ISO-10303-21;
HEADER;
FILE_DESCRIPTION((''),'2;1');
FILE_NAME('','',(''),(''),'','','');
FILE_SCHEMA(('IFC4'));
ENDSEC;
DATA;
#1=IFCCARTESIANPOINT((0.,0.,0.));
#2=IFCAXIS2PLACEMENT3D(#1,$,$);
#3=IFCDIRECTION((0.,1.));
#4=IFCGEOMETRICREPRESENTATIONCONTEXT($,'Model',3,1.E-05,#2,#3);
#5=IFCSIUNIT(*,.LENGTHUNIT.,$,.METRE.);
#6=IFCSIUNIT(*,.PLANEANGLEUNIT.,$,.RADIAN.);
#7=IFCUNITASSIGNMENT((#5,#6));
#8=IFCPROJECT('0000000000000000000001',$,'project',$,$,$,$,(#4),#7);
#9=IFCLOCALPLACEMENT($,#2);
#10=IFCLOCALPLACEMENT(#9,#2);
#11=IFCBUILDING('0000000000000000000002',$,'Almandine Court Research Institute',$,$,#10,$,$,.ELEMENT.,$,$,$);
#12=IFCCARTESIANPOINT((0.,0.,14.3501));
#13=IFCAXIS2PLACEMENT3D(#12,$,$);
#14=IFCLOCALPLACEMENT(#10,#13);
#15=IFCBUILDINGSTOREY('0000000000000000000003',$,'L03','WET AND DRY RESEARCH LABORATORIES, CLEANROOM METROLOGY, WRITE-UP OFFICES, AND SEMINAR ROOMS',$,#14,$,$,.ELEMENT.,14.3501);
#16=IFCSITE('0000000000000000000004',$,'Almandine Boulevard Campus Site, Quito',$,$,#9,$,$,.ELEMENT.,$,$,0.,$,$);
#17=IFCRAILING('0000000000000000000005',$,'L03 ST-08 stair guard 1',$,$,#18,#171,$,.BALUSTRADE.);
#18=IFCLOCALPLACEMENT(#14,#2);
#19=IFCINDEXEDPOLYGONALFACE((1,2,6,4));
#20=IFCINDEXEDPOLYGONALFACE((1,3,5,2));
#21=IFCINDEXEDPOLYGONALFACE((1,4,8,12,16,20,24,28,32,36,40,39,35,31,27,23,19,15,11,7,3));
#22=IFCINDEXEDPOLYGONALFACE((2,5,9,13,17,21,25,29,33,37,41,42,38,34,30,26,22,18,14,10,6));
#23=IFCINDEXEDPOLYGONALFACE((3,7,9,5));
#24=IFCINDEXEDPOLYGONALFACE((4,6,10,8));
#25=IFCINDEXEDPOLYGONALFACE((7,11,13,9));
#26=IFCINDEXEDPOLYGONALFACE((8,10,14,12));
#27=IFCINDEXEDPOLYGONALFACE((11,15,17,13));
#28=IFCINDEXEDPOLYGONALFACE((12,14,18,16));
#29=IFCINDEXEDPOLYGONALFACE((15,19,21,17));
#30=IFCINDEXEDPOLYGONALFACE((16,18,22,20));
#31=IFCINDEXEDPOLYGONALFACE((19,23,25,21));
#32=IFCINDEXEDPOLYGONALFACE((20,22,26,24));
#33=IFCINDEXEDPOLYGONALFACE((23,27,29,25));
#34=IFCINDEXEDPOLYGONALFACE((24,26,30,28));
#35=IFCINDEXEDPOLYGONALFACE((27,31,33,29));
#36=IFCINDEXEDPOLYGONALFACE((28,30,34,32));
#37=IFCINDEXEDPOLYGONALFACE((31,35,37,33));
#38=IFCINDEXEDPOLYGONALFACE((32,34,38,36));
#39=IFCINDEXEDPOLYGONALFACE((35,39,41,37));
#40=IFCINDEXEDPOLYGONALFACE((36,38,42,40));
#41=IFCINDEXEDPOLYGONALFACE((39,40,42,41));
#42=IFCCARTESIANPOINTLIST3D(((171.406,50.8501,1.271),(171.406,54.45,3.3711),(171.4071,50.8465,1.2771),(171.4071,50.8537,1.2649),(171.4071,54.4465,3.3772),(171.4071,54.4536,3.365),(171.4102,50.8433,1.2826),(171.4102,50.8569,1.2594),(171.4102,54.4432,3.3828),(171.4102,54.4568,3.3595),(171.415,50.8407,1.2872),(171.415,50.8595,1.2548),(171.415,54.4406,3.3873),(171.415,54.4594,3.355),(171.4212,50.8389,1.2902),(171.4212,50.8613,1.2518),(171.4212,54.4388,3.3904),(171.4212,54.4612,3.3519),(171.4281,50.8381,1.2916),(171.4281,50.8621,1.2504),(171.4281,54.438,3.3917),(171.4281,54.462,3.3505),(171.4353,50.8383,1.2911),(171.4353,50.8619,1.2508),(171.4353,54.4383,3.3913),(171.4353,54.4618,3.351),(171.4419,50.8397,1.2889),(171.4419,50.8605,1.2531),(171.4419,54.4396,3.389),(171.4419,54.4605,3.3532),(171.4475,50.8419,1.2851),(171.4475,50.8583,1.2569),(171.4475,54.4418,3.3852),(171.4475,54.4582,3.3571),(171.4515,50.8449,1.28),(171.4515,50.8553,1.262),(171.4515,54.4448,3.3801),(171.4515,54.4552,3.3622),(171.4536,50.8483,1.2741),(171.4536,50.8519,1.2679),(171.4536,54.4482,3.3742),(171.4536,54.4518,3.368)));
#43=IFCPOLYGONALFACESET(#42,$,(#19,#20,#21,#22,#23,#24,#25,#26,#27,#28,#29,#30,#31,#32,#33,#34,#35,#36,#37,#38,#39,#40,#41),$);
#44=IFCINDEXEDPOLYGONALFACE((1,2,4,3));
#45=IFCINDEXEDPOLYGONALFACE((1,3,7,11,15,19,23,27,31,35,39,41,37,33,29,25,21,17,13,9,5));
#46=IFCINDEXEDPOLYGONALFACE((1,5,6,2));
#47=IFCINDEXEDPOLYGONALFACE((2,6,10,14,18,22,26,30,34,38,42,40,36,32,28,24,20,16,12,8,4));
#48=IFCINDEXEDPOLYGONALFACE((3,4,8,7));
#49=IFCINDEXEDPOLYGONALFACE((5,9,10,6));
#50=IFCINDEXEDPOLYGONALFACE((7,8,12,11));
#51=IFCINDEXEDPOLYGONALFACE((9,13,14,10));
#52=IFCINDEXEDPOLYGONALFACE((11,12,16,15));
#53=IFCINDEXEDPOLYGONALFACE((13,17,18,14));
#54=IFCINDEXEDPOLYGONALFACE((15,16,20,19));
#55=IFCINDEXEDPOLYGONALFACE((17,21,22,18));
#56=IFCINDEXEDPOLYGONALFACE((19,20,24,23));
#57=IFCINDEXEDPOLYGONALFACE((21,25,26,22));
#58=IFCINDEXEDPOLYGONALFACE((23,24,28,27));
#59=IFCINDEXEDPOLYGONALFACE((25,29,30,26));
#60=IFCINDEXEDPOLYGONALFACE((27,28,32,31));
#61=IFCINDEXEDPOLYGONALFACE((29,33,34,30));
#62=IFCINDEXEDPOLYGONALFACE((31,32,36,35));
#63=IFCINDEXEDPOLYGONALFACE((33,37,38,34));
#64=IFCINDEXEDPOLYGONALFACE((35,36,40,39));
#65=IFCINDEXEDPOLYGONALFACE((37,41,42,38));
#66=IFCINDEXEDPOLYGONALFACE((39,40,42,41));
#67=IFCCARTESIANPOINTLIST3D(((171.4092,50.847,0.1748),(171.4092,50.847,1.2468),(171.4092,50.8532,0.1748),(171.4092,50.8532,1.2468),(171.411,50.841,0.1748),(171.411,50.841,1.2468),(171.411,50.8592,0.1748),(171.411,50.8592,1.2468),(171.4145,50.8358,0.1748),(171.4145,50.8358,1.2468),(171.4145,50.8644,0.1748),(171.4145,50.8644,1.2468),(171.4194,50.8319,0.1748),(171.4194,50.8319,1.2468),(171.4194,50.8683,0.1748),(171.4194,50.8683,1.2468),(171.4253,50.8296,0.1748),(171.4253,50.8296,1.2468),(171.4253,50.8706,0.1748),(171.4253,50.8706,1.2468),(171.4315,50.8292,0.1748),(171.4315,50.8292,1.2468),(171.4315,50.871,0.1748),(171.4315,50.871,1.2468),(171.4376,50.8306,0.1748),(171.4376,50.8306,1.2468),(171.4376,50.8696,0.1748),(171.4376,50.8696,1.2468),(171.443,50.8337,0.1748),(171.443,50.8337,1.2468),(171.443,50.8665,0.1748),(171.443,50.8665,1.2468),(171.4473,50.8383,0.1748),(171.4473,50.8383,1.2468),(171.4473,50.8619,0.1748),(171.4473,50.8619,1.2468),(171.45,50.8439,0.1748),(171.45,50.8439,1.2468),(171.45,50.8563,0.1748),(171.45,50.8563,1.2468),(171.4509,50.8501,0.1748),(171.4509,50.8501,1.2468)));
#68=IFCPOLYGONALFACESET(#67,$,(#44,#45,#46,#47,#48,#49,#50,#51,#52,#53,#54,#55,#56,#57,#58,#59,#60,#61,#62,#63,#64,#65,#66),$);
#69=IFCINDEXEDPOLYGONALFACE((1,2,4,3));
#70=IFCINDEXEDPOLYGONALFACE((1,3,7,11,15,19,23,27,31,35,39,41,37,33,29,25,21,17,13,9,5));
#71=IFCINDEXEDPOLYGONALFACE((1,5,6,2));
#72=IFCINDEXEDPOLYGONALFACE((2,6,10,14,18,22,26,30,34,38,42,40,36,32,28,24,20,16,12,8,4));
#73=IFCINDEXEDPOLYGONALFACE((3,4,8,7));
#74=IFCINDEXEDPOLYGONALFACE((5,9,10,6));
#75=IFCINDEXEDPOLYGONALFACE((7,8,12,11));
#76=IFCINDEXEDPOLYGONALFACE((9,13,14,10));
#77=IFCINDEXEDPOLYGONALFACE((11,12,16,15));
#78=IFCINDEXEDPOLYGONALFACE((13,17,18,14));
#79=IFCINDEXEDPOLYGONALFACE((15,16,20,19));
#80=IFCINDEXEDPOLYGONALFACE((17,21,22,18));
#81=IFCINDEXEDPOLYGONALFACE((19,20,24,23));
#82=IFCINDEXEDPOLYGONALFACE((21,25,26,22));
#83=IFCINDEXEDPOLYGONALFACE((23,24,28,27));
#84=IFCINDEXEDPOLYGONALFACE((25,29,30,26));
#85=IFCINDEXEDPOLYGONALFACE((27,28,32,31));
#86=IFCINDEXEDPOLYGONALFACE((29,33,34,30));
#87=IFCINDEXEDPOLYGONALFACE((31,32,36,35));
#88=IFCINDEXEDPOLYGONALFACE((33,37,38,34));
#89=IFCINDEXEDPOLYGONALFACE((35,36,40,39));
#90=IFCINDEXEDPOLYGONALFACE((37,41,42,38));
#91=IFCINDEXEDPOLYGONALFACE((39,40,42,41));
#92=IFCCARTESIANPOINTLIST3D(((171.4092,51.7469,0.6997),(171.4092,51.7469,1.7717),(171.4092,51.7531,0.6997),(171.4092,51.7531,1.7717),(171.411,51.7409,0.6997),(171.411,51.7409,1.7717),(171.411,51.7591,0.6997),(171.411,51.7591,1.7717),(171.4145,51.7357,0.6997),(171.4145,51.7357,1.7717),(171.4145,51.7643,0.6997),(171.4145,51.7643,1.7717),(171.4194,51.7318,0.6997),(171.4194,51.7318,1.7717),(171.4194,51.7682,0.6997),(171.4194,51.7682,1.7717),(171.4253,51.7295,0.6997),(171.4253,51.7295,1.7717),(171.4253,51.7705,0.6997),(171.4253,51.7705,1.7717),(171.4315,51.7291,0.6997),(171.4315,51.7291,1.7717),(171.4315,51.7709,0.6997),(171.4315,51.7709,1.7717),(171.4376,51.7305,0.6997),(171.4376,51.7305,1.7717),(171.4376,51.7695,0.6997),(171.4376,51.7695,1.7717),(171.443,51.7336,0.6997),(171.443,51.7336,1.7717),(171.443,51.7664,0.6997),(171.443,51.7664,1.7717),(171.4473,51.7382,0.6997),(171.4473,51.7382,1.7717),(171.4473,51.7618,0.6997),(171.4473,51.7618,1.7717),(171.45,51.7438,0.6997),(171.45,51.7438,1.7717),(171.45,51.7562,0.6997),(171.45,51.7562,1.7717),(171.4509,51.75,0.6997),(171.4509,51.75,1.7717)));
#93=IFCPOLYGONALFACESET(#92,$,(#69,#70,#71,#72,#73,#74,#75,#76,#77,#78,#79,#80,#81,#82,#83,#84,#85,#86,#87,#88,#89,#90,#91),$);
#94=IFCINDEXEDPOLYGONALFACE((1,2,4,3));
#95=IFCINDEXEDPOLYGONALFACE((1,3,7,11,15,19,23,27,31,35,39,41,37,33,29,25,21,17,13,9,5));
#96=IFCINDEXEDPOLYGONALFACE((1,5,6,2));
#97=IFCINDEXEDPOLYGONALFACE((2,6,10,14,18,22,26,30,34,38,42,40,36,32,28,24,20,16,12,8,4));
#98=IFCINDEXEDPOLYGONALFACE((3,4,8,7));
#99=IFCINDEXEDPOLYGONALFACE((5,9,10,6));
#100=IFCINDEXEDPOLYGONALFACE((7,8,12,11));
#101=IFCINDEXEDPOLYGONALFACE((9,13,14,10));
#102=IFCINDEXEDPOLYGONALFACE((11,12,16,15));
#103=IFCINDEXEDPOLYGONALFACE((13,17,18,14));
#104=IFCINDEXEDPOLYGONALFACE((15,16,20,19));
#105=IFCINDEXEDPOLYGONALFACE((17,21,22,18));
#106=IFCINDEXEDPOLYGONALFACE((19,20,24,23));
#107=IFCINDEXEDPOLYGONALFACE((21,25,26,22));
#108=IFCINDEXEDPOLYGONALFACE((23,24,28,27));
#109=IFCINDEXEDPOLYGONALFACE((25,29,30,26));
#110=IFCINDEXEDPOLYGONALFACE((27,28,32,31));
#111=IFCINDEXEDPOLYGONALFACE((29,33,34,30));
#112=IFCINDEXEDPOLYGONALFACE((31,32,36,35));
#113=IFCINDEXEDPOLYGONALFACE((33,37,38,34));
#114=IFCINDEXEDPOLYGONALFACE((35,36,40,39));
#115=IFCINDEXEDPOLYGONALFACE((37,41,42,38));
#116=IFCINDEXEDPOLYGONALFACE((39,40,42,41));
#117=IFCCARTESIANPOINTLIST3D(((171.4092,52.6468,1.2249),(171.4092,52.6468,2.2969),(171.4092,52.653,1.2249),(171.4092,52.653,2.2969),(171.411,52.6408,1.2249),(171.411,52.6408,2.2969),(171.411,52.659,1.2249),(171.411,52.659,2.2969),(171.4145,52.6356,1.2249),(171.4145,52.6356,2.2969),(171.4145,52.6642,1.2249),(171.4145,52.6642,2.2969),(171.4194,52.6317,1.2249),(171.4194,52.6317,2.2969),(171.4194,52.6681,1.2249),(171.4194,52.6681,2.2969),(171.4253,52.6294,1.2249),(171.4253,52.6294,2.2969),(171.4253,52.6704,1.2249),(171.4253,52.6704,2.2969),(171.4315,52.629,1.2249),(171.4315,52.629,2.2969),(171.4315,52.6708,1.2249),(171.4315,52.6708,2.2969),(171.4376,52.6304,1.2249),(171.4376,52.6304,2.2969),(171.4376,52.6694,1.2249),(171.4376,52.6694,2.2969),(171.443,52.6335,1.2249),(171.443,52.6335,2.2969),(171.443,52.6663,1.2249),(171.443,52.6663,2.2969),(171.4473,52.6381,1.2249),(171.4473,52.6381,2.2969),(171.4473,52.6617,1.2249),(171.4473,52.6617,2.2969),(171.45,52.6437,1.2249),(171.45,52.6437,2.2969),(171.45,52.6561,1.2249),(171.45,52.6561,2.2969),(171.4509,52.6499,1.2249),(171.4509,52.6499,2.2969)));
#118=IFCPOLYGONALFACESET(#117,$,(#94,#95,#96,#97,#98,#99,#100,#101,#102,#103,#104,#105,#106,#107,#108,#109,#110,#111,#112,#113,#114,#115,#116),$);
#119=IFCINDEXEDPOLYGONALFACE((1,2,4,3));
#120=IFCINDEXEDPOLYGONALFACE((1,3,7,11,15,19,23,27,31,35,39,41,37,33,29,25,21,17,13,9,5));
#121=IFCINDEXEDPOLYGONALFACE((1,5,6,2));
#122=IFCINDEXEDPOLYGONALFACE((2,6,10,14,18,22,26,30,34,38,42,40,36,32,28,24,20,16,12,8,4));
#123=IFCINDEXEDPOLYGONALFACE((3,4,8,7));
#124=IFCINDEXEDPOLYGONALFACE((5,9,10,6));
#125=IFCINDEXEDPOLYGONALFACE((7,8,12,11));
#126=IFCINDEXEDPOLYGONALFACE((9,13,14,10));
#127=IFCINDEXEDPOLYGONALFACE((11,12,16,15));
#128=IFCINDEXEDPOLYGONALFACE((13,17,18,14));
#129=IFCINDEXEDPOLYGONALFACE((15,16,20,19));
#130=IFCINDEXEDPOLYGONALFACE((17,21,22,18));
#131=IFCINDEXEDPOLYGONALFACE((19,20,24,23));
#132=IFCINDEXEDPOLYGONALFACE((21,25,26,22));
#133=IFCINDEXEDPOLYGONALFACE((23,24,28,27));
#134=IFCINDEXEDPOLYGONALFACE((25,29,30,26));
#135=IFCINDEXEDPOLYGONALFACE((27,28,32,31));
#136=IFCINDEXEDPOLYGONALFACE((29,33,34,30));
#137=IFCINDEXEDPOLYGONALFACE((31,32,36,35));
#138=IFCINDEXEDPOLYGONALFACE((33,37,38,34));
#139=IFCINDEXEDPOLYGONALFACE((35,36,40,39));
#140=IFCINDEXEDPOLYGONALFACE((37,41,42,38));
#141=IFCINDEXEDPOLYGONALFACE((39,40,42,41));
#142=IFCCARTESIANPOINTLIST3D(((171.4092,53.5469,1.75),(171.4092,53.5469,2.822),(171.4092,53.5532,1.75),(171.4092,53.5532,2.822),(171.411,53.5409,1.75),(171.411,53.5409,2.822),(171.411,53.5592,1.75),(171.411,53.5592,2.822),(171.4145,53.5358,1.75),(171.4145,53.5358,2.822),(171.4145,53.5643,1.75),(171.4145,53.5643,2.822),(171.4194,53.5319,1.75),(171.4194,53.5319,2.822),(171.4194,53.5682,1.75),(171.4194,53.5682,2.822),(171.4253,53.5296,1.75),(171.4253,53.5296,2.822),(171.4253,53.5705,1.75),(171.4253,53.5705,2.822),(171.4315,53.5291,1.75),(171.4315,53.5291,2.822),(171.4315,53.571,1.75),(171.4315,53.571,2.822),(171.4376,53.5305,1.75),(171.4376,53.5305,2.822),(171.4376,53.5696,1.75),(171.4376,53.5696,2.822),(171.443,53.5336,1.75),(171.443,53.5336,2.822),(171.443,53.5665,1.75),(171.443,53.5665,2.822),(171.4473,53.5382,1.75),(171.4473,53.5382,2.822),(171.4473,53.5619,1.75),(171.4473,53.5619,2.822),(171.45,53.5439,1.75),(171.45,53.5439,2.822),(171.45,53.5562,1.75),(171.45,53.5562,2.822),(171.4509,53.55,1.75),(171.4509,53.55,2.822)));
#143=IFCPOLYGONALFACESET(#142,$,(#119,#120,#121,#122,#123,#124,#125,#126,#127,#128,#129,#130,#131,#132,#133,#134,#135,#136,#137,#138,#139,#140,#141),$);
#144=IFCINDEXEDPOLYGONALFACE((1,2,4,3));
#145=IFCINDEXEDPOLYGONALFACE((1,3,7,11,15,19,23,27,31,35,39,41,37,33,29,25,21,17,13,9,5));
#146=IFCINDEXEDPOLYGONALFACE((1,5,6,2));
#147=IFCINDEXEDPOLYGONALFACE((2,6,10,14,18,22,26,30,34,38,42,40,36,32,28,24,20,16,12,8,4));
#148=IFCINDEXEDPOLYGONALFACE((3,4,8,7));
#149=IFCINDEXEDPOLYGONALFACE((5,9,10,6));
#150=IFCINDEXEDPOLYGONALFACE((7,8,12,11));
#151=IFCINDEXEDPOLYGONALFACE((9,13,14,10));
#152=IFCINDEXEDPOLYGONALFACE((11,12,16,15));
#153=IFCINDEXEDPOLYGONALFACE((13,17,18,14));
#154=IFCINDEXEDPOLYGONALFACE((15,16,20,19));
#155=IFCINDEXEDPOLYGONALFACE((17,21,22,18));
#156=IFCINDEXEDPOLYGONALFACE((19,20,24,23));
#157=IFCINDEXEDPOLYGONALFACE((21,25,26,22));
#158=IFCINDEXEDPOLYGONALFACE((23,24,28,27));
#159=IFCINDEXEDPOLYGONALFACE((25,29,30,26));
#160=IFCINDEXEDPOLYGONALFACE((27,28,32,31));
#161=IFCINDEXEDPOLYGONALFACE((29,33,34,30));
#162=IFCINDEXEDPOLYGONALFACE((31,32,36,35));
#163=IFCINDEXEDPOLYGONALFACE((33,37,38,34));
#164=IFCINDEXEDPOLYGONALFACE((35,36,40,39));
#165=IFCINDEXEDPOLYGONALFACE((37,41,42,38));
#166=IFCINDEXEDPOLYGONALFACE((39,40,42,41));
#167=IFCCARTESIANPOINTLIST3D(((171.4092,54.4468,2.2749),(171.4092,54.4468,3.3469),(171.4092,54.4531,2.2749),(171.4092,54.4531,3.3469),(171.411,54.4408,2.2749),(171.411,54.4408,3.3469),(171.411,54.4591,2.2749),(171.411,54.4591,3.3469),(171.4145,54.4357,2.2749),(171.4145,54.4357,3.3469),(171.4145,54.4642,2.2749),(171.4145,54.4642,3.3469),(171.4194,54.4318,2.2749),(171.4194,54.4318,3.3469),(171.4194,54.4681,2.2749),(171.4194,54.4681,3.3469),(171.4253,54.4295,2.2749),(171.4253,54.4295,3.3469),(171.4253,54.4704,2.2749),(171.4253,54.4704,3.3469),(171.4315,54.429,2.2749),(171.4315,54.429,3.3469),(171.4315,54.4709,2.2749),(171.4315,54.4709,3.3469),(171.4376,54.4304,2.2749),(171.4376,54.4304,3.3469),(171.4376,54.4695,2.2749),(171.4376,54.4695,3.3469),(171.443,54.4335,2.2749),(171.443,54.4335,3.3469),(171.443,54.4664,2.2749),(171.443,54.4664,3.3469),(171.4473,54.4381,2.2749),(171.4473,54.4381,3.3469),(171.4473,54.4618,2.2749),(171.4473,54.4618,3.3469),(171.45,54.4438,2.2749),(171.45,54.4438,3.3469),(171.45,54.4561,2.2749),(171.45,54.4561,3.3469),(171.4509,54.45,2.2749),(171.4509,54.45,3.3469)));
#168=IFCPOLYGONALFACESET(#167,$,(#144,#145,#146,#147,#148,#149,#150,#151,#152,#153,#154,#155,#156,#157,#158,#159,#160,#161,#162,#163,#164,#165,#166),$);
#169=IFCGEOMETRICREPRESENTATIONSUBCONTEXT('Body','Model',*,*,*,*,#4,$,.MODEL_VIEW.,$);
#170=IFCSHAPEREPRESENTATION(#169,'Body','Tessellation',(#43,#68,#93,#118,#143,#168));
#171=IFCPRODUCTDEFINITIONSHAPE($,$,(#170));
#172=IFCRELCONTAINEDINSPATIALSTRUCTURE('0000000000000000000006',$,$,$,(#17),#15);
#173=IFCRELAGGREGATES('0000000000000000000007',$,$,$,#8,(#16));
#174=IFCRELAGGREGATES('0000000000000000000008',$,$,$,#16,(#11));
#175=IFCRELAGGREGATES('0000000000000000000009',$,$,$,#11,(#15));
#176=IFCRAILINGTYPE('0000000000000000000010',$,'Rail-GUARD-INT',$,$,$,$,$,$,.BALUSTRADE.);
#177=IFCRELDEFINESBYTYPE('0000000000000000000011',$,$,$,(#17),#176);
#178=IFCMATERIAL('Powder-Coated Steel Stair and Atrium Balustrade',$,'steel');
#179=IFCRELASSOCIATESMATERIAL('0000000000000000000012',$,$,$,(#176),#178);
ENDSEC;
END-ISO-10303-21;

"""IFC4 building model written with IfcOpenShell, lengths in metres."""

from ifc_helpers import new_model, si_unit, direction, frame, origin, origin_2d, place, context, subcontext, project, spatial, circle, extrude, material, type_object, element, save


model = new_model("IFC4")

# Units and contexts
model_context = context("Model", 3, precision=1e-05, world=origin(), true_north=direction((0.0, 1.0)))
body_context = subcontext(model_context, "Body", "Model", "MODEL_VIEW")
ifc_project = project(units=[si_unit("LENGTHUNIT", "METRE"), si_unit("PLANEANGLEUNIT", "RADIAN")], contexts=[model_context])

# Site, building, storey
site_placement = place(None, origin())
site = spatial("IfcSite", under=ifc_project, at=site_placement, Name="Almandine Boulevard Campus Site, Quito", CompositionType="ELEMENT", RefElevation=0.0)
building_placement = place(site_placement, origin())
building = spatial("IfcBuilding", under=site, at=building_placement, Name="Almandine Court Research Institute", CompositionType="ELEMENT")
storey_placement = place(building_placement, frame((0.0, 0.0, 14.3501)))
storey = spatial("IfcBuildingStorey", under=building, at=storey_placement, Name="L03", Description="WET AND DRY RESEARCH LABORATORIES, CLEANROOM METROLOGY, WRITE-UP OFFICES, AND SEMINAR ROOMS", CompositionType="ELEMENT", Elevation=14.3501)

# Railing
ifc_material_1 = material(Name="Powder-Coated Steel Stair and Atrium Balustrade", Category="steel")
railing_type_1 = type_object("IfcRailingType", Name="Rail-GUARD-INT", PredefinedType="BALUSTRADE", material=ifc_material_1)
railing_1_placement = place(storey_placement, frame((171.4299, 50.8501, 0.1748)))
element("IfcRailing", 1, at=railing_1_placement, inside=storey, type_object=railing_type_1, Name="L03 ST-08 stair guard 1", PredefinedType="BALUSTRADE", context=body_context, shape_type="SweptSolid", body=[
    extrude(circle(Radius=0.0239, at=origin_2d()), frame((0.0, 0.0, 1.0962), z_axis=(0.0, 0.86376, 0.503904), x_axis=(-1.0, 0.0, 0.0)), (0.0, 0.0, 1.0), 4.1677),
    extrude(circle(Radius=0.021, at=origin_2d()), origin(), (0.0, 0.0, 1.0), 1.072),
    extrude(circle(Radius=0.021, at=origin_2d()), frame((0.0, 0.8999, 0.5249)), (0.0, 0.0, 1.0), 1.072),
    extrude(circle(Radius=0.021, at=origin_2d()), frame((0.0, 1.7998, 1.05)), (0.0, 0.0, 1.0), 1.072),
    extrude(circle(Radius=0.021, at=origin_2d()), frame((0.0, 2.7, 1.5752)), (0.0, 0.0, 1.0), 1.072),
    extrude(circle(Radius=0.021, at=origin_2d()), frame((0.0, 3.5999, 2.1001)), (0.0, 0.0, 1.0), 1.072),
])

save(model, "model.ifc")
